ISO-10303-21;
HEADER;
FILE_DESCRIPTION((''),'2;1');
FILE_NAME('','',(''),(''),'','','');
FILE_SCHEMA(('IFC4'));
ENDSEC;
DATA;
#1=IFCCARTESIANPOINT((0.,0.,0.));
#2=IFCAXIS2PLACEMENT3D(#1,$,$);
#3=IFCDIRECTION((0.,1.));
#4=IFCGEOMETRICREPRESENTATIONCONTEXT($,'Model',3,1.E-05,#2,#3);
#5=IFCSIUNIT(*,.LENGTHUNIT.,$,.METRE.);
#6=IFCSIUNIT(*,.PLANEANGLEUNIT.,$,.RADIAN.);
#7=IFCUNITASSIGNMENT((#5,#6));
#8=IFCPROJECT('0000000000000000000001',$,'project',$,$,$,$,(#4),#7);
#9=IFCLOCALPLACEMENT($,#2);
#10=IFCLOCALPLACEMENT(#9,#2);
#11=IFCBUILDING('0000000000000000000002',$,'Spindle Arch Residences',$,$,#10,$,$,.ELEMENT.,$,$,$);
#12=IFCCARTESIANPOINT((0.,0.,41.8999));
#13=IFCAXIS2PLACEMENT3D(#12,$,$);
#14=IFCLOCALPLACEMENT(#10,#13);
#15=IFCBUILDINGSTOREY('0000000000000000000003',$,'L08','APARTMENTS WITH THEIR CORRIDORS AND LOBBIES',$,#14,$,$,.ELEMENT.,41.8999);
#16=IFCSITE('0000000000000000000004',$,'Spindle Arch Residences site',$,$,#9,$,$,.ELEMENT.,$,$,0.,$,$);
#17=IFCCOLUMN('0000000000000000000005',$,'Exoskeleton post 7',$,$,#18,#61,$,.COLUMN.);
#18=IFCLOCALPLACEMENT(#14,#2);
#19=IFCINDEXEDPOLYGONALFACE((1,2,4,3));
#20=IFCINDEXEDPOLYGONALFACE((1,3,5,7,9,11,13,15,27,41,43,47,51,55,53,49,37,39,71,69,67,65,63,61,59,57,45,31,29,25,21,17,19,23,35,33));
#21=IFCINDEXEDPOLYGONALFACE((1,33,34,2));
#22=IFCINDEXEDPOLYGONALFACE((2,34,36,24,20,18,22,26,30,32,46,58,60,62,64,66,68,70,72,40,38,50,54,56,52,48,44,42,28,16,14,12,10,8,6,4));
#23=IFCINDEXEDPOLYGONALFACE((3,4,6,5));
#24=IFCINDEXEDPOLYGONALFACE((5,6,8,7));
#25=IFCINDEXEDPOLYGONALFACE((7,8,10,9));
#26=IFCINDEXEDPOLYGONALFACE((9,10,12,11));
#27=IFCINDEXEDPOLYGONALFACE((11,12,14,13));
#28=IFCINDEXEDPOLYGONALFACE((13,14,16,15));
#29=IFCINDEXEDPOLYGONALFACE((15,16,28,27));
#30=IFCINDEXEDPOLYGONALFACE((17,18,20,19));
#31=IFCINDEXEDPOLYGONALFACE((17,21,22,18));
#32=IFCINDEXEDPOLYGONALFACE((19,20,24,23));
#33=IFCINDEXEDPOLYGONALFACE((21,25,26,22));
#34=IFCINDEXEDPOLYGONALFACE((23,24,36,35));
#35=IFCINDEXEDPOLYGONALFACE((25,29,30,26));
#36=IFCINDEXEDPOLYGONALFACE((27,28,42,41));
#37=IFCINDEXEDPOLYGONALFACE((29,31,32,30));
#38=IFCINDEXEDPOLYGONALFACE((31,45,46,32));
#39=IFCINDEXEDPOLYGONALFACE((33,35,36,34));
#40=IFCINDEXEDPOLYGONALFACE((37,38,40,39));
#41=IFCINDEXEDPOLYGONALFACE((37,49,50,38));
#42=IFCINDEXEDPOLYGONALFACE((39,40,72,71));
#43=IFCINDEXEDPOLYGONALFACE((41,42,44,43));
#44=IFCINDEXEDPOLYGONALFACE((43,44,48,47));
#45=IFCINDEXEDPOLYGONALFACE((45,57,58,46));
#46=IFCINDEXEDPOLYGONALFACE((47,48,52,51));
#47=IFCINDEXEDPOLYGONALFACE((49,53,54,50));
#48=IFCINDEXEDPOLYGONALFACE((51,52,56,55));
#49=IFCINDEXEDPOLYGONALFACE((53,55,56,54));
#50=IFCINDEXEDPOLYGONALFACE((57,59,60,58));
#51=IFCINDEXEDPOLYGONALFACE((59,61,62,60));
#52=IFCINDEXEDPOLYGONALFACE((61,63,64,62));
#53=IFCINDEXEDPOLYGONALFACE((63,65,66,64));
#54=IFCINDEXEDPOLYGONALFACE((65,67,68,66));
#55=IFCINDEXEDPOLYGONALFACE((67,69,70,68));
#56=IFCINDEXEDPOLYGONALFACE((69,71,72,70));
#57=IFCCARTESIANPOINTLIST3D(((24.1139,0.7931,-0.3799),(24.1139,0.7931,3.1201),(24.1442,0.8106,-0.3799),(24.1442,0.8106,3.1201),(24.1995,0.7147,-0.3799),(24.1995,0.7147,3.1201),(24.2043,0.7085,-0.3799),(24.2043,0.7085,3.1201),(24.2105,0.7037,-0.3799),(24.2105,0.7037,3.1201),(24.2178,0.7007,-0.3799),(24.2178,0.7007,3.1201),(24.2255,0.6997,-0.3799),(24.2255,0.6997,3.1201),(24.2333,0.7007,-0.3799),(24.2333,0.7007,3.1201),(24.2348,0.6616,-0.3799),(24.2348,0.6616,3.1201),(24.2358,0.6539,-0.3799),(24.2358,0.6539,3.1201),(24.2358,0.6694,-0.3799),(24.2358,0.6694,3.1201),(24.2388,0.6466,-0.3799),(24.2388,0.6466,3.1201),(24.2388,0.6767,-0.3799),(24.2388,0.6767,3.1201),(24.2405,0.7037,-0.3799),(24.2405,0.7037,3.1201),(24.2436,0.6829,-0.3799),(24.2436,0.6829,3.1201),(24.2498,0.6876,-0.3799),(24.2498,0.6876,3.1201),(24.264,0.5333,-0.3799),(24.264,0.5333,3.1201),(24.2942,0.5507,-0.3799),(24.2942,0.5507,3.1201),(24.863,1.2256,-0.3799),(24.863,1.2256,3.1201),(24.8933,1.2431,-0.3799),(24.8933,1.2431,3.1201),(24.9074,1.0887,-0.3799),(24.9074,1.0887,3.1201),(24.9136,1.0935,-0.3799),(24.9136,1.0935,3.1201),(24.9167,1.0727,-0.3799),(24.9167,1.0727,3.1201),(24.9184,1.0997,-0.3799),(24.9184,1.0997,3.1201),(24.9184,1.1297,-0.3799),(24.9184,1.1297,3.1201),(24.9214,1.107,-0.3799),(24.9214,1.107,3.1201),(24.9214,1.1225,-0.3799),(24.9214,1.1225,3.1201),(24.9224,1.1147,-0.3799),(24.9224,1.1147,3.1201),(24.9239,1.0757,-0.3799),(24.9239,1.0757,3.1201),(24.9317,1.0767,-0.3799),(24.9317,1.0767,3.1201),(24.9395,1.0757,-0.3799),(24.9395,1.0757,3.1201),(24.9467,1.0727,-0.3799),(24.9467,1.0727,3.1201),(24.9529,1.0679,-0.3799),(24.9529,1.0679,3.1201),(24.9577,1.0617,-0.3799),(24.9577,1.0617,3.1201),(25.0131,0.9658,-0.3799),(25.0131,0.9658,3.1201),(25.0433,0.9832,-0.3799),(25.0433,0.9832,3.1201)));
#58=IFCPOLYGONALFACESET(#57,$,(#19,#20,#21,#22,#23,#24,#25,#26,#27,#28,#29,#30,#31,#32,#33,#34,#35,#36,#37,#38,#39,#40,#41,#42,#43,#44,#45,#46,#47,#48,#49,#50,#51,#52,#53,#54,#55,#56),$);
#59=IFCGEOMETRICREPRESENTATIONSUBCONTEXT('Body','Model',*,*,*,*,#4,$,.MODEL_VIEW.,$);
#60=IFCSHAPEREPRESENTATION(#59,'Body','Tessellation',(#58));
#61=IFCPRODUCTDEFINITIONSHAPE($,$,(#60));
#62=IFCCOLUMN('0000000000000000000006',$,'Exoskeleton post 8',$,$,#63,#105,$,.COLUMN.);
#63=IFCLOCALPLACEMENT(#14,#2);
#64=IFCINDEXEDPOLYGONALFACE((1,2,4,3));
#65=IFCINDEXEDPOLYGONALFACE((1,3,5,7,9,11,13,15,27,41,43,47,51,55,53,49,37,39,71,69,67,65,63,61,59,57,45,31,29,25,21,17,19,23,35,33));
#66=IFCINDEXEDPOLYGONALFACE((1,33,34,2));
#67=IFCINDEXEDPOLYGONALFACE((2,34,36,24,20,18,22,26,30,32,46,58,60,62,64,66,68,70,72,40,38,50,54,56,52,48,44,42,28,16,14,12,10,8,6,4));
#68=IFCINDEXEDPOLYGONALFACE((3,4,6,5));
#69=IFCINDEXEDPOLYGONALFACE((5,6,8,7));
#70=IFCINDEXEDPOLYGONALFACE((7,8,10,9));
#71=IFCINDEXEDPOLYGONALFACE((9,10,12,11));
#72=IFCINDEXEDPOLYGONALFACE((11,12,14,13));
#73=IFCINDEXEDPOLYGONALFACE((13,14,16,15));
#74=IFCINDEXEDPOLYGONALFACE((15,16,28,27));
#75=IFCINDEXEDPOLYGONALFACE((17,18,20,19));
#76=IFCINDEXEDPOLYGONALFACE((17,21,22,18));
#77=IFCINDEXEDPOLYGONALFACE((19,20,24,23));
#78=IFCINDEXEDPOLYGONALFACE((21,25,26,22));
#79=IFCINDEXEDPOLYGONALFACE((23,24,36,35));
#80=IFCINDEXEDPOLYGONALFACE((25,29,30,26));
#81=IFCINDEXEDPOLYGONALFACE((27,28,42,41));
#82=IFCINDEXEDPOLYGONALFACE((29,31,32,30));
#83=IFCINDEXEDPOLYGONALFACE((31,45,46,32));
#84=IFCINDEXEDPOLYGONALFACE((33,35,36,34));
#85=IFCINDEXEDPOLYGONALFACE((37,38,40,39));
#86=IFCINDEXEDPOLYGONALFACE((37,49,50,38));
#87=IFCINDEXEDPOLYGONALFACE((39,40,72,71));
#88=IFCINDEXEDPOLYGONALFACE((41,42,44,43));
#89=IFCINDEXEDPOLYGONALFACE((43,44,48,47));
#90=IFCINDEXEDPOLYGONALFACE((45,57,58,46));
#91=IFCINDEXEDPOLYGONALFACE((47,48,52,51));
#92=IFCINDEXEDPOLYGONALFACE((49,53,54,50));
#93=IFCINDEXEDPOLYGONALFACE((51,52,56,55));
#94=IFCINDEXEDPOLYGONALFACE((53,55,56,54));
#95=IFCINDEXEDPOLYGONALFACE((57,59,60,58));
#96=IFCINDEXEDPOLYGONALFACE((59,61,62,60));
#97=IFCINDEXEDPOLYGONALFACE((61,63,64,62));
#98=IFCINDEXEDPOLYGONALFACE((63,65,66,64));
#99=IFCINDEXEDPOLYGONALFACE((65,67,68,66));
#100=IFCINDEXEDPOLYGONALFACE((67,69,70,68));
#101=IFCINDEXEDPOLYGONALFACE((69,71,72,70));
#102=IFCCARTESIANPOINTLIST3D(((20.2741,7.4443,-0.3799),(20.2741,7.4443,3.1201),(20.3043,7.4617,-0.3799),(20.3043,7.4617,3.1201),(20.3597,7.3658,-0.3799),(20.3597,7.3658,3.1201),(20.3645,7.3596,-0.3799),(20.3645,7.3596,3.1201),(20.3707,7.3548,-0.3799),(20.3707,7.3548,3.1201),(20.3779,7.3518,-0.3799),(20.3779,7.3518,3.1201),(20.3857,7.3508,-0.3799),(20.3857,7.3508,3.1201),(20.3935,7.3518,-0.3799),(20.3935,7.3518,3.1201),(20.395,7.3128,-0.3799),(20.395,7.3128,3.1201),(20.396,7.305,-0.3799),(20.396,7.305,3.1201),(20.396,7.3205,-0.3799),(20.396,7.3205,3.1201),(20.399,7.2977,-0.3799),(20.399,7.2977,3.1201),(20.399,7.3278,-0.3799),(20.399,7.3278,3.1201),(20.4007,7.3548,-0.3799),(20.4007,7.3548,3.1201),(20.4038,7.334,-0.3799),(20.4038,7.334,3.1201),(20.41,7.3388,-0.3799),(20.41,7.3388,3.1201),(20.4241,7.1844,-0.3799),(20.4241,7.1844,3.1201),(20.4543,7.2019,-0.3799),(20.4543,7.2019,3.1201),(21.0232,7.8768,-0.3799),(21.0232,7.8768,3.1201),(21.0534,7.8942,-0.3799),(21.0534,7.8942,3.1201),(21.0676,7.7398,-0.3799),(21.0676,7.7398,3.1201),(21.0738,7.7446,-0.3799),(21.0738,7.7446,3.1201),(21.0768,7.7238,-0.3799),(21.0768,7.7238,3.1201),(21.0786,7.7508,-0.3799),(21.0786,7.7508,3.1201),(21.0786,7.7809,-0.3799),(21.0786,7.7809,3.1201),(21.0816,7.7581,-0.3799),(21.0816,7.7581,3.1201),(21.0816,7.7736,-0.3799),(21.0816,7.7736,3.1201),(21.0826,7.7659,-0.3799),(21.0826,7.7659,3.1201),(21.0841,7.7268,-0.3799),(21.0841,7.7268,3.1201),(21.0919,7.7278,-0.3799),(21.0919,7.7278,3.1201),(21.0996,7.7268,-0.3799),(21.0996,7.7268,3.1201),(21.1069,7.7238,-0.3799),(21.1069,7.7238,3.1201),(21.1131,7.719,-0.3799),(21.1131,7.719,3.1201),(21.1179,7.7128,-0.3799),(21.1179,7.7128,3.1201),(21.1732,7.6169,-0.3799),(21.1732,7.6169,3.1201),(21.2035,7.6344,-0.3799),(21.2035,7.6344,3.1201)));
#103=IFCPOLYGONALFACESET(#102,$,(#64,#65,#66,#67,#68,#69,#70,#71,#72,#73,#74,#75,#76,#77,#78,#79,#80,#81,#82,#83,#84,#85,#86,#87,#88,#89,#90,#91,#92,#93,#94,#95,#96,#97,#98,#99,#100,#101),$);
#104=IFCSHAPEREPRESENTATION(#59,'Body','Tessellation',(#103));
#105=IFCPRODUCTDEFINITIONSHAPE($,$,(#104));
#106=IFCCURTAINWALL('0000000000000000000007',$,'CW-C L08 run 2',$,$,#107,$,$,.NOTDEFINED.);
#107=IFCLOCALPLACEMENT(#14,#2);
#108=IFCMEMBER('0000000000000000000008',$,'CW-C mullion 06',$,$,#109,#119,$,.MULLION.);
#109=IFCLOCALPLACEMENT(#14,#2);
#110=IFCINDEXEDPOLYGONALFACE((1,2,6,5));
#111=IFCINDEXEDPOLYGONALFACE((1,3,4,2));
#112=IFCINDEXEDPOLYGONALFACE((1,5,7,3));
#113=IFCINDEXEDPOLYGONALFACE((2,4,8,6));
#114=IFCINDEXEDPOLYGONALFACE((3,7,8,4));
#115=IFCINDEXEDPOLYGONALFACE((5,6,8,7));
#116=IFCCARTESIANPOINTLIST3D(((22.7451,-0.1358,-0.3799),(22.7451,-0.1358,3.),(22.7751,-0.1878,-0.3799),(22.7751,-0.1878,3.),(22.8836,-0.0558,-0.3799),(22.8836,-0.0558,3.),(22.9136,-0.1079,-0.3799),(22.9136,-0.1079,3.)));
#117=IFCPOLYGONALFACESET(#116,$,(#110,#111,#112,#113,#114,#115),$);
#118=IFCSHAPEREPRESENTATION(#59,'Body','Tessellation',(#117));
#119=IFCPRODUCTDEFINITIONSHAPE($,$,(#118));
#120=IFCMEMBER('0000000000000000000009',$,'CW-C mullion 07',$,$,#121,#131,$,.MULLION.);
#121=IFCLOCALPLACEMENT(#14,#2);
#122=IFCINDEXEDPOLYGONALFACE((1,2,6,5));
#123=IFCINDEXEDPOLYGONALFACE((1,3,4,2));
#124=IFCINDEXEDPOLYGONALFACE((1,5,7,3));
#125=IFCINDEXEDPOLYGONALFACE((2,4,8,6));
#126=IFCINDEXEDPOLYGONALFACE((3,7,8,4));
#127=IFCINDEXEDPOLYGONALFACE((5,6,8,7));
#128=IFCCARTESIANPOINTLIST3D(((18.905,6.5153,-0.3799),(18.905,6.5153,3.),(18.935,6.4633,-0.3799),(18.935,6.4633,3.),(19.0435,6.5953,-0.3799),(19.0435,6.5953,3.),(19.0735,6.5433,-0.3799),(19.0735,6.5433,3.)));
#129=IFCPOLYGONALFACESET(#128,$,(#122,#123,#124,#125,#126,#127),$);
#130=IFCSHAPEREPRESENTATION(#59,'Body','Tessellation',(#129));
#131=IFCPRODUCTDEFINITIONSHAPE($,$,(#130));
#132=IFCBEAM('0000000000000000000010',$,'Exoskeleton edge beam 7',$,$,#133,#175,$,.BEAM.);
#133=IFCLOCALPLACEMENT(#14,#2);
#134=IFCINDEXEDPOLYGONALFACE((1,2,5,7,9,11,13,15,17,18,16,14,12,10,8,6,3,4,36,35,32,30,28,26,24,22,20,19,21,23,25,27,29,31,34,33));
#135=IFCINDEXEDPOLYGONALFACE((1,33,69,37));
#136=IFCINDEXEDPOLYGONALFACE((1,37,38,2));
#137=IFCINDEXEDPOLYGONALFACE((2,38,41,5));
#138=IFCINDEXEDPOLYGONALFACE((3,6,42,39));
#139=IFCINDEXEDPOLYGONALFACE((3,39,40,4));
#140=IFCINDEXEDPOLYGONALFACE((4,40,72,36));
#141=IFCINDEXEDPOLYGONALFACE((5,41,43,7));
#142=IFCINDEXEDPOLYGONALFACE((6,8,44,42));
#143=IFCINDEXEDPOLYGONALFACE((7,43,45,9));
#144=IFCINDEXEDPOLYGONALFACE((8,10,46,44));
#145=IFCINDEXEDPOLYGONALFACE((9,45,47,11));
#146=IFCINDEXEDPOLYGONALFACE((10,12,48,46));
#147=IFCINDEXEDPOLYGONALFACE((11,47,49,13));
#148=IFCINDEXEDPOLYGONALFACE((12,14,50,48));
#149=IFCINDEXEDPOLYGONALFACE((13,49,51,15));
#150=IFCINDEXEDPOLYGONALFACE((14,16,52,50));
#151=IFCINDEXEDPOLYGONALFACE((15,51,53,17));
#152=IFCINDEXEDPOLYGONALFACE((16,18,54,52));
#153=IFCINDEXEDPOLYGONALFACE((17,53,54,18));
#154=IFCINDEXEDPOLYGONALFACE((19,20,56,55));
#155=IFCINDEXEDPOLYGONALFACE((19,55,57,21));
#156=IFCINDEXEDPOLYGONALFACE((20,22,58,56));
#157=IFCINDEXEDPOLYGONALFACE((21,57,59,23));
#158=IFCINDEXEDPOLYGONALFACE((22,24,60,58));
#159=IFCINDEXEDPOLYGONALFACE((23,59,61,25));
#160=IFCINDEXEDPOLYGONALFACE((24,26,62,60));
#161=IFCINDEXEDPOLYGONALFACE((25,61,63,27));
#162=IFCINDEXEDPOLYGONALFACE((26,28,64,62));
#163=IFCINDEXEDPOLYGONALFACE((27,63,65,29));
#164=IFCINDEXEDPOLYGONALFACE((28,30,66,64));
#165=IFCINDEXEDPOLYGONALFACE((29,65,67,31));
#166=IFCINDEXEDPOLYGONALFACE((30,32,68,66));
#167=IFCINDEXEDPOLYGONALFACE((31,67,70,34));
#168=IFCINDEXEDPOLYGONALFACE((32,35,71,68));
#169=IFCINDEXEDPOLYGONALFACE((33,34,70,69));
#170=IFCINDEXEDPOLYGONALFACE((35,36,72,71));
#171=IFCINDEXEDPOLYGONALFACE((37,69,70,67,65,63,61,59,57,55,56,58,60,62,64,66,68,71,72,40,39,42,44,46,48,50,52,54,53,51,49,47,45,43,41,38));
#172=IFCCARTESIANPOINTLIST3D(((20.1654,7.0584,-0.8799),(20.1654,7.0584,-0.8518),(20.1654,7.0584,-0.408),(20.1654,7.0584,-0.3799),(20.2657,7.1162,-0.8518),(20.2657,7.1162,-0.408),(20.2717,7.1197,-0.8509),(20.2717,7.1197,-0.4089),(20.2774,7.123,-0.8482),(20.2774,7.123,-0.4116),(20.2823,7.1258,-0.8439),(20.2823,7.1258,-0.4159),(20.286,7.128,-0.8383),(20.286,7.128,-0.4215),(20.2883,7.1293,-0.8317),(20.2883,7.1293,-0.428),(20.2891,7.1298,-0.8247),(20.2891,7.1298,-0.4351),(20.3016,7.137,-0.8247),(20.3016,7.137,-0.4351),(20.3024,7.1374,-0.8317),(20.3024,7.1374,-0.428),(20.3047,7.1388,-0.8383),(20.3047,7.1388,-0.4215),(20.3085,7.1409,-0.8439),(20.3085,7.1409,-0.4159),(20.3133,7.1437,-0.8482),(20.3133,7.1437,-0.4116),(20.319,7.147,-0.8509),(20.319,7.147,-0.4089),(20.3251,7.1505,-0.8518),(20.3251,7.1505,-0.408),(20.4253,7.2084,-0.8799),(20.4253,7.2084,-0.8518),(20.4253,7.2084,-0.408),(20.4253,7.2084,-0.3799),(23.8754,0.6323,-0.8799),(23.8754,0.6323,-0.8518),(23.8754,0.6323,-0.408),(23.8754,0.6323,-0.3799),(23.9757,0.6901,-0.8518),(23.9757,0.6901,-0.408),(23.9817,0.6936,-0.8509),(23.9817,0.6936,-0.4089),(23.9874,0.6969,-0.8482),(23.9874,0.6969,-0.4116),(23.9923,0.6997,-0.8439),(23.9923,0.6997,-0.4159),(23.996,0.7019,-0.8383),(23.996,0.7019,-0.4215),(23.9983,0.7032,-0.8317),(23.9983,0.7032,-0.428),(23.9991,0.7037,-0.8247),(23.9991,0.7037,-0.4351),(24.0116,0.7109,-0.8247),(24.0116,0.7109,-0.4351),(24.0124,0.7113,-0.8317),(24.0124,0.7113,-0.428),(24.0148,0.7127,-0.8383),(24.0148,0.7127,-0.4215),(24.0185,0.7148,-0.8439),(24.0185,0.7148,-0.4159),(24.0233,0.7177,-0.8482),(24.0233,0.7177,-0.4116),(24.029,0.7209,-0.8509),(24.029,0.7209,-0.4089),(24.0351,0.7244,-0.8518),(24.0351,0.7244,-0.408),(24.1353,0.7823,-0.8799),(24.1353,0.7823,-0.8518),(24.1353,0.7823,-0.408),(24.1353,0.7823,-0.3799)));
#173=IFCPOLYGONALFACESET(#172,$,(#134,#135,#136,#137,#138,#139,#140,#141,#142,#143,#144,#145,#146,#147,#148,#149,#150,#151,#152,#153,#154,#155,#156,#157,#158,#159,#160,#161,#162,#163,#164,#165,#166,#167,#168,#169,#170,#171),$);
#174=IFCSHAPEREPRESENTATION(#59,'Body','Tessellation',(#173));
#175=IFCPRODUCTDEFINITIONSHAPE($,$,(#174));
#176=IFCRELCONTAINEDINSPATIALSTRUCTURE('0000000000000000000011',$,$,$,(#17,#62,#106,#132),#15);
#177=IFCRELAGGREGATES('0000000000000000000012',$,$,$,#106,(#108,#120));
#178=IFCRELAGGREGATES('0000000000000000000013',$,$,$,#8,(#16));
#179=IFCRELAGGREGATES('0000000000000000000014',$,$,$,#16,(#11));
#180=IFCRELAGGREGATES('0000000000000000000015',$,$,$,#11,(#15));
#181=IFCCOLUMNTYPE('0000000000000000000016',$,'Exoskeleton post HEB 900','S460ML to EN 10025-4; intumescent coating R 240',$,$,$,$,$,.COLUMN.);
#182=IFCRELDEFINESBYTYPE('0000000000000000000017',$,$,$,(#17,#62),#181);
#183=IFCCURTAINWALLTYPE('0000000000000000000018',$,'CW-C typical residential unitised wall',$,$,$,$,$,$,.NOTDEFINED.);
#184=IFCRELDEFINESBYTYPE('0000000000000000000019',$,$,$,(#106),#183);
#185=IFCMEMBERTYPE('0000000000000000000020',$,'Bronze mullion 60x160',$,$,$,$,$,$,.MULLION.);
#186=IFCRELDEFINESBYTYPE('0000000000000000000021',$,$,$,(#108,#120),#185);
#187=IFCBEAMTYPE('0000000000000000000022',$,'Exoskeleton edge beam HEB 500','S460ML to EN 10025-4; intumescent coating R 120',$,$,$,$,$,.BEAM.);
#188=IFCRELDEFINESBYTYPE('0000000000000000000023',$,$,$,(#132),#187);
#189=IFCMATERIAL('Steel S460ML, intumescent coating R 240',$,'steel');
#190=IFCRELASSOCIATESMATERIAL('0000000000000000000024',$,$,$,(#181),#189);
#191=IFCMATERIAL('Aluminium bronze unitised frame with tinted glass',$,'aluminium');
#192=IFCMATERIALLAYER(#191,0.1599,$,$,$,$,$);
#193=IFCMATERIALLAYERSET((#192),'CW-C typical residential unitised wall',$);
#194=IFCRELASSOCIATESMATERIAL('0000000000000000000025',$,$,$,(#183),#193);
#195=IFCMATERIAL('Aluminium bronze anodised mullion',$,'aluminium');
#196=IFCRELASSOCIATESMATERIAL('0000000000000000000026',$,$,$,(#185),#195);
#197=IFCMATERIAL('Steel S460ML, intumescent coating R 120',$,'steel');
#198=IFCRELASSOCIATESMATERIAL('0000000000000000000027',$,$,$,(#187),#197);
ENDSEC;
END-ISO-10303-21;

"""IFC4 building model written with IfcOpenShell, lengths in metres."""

from ifc_helpers import new_model, si_unit, direction, frame, origin, origin_2d, place, context, subcontext, project, spatial, rectangle, i_section, extrude, material, layer, layer_set, material_profile, profile_set, type_object, element, aggregate, save


model = new_model("IFC4")

# Units and contexts
model_context = context("Model", 3, precision=1e-05, world=origin(), true_north=direction((0.0, 1.0)))
body_context = subcontext(model_context, "Body", "Model", "MODEL_VIEW")
ifc_project = project(units=[si_unit("LENGTHUNIT", "METRE"), si_unit("PLANEANGLEUNIT", "RADIAN")], contexts=[model_context])

# Site, building, storey
site_placement = place(None, origin())
site = spatial("IfcSite", under=ifc_project, at=site_placement, Name="Spindle Arch Residences site", CompositionType="ELEMENT", RefElevation=0.0)
building_placement = place(site_placement, origin())
building = spatial("IfcBuilding", under=site, at=building_placement, Name="Spindle Arch Residences", CompositionType="ELEMENT")
storey_placement = place(building_placement, frame((0.0, 0.0, 41.8999)))
storey = spatial("IfcBuildingStorey", under=building, at=storey_placement, Name="L08", Description="APARTMENTS WITH THEIR CORRIDORS AND LOBBIES", CompositionType="ELEMENT", Elevation=41.8999)

# Columns
ifc_material_1 = material(Name="Steel S460ML, intumescent coating R 240", Category="steel")
ifc_material_profile_1 = material_profile(ifc_material_1, i_section(OverallWidth=0.3, OverallDepth=0.8999, WebThickness=0.0186, FlangeThickness=0.0349, FilletRadius=0.03, at=origin_2d()), Name="HEB 900")
ifc_profile_set_1 = profile_set([ifc_material_profile_1], Name="Steel S460ML, intumescent coating R 240")
column_type = type_object("IfcColumnType", Name="Exoskeleton post HEB 900", Description="S460ML to EN 10025-4; intumescent coating R 240", PredefinedType="COLUMN", material=ifc_profile_set_1)
for number, where, z_axis, x_axis, name in (
    (1, (24.5786, 0.8882, -0.3799), (0.0, 0.0, 1.0), (0.5, -0.866025, 0.0), "Exoskeleton post 7"),
    (2, (20.7388, 7.5393, -0.3799), (0.0, 0.0, 1.0), (0.5, -0.866025, 0.0), "Exoskeleton post 8"),
):
    element("IfcColumn", number, at=place(storey_placement, frame(where, z_axis=z_axis, x_axis=x_axis)), inside=storey, type_object=column_type, Name=name, PredefinedType="COLUMN", context=body_context, shape_type="SweptSolid", body=[
        extrude(i_section(OverallWidth=0.3, OverallDepth=0.8999, WebThickness=0.0186, FlangeThickness=0.0349, FilletRadius=0.03, at=origin_2d()), origin(), (0.0, 0.0, 1.0), 3.5),
    ])

# Curtain wall, members
ifc_material_2 = material(Name="Aluminium bronze unitised frame with tinted glass", Category="aluminium")
ifc_layer_1 = layer(ifc_material_2, 0.1599)
ifc_layer_set_1 = layer_set([ifc_layer_1], Name="CW-C typical residential unitised wall")
curtain_wall_type = type_object("IfcCurtainWallType", Name="CW-C typical residential unitised wall", PredefinedType="NOTDEFINED", material=ifc_layer_set_1)
curtain_wall_placement = place(storey_placement, origin())
curtain_wall = element("IfcCurtainWall", 3, at=curtain_wall_placement, inside=storey, type_object=curtain_wall_type, Name="CW-C L08 run 2", PredefinedType="NOTDEFINED")
ifc_material_3 = material(Name="Aluminium bronze anodised mullion", Category="aluminium")
ifc_material_profile_2 = material_profile(ifc_material_3, rectangle(XDim=0.1599, YDim=0.0601, at=origin_2d()), Name="MU 60x160")
ifc_profile_set_2 = profile_set([ifc_material_profile_2], Name="Aluminium bronze anodised mullion")
member_type = type_object("IfcMemberType", Name="Bronze mullion 60x160", PredefinedType="MULLION", material=ifc_profile_set_2)
member_1_placement = place(storey_placement, frame((22.8293, -0.1218, -0.3799), z_axis=(0.0, 0.0, 1.0), x_axis=(-0.866025, -0.5, 0.0)))
member_1 = element("IfcMember", 4, at=member_1_placement, type_object=member_type, Name="CW-C mullion 06", PredefinedType="MULLION", context=body_context, shape_type="SweptSolid", body=[
    extrude(rectangle(XDim=0.1599, YDim=0.0601, at=origin_2d()), origin(), (0.0, 0.0, 1.0), 3.3799),
])
member_2_placement = place(storey_placement, frame((18.9893, 6.5293, -0.3799), z_axis=(0.0, 0.0, 1.0), x_axis=(-0.866025, -0.5, 0.0)))
member_2 = element("IfcMember", 5, at=member_2_placement, type_object=member_type, Name="CW-C mullion 07", PredefinedType="MULLION", context=body_context, shape_type="SweptSolid", body=[
    extrude(rectangle(XDim=0.1599, YDim=0.0601, at=origin_2d()), origin(), (0.0, 0.0, 1.0), 3.3799),
])

# Beam
ifc_material_4 = material(Name="Steel S460ML, intumescent coating R 120", Category="steel")
ifc_material_profile_3 = material_profile(ifc_material_4, i_section(OverallWidth=0.3, OverallDepth=0.5, WebThickness=0.0144, FlangeThickness=0.0281, FilletRadius=0.0271, at=origin_2d()), Name="HEB 500")
ifc_profile_set_3 = profile_set([ifc_material_profile_3], Name="Steel S460ML, intumescent coating R 120")
beam_type_1 = type_object("IfcBeamType", Name="Exoskeleton edge beam HEB 500", Description="S460ML to EN 10025-4; intumescent coating R 120", PredefinedType="BEAM", material=ifc_profile_set_3)
for number, where, z_axis, x_axis, name in (
    (6, (24.0054, 0.7073, -0.6299), (-0.499989, 0.866032, 0.0), (-0.866032, -0.499989, 0.0), "Exoskeleton edge beam 7"),
):
    element("IfcBeam", number, at=place(storey_placement, frame(where, z_axis=z_axis, x_axis=x_axis)), inside=storey, type_object=beam_type_1, Name=name, PredefinedType="BEAM", context=body_context, shape_type="SweptSolid", body=[
        extrude(i_section(OverallWidth=0.3, OverallDepth=0.5, WebThickness=0.0144, FlangeThickness=0.0281, FilletRadius=0.0271, at=origin_2d()), origin(), (0.0, 0.0, 1.0), 7.4202),
    ])

aggregate(curtain_wall, [member_1, member_2])

save(model, "model.ifc")
